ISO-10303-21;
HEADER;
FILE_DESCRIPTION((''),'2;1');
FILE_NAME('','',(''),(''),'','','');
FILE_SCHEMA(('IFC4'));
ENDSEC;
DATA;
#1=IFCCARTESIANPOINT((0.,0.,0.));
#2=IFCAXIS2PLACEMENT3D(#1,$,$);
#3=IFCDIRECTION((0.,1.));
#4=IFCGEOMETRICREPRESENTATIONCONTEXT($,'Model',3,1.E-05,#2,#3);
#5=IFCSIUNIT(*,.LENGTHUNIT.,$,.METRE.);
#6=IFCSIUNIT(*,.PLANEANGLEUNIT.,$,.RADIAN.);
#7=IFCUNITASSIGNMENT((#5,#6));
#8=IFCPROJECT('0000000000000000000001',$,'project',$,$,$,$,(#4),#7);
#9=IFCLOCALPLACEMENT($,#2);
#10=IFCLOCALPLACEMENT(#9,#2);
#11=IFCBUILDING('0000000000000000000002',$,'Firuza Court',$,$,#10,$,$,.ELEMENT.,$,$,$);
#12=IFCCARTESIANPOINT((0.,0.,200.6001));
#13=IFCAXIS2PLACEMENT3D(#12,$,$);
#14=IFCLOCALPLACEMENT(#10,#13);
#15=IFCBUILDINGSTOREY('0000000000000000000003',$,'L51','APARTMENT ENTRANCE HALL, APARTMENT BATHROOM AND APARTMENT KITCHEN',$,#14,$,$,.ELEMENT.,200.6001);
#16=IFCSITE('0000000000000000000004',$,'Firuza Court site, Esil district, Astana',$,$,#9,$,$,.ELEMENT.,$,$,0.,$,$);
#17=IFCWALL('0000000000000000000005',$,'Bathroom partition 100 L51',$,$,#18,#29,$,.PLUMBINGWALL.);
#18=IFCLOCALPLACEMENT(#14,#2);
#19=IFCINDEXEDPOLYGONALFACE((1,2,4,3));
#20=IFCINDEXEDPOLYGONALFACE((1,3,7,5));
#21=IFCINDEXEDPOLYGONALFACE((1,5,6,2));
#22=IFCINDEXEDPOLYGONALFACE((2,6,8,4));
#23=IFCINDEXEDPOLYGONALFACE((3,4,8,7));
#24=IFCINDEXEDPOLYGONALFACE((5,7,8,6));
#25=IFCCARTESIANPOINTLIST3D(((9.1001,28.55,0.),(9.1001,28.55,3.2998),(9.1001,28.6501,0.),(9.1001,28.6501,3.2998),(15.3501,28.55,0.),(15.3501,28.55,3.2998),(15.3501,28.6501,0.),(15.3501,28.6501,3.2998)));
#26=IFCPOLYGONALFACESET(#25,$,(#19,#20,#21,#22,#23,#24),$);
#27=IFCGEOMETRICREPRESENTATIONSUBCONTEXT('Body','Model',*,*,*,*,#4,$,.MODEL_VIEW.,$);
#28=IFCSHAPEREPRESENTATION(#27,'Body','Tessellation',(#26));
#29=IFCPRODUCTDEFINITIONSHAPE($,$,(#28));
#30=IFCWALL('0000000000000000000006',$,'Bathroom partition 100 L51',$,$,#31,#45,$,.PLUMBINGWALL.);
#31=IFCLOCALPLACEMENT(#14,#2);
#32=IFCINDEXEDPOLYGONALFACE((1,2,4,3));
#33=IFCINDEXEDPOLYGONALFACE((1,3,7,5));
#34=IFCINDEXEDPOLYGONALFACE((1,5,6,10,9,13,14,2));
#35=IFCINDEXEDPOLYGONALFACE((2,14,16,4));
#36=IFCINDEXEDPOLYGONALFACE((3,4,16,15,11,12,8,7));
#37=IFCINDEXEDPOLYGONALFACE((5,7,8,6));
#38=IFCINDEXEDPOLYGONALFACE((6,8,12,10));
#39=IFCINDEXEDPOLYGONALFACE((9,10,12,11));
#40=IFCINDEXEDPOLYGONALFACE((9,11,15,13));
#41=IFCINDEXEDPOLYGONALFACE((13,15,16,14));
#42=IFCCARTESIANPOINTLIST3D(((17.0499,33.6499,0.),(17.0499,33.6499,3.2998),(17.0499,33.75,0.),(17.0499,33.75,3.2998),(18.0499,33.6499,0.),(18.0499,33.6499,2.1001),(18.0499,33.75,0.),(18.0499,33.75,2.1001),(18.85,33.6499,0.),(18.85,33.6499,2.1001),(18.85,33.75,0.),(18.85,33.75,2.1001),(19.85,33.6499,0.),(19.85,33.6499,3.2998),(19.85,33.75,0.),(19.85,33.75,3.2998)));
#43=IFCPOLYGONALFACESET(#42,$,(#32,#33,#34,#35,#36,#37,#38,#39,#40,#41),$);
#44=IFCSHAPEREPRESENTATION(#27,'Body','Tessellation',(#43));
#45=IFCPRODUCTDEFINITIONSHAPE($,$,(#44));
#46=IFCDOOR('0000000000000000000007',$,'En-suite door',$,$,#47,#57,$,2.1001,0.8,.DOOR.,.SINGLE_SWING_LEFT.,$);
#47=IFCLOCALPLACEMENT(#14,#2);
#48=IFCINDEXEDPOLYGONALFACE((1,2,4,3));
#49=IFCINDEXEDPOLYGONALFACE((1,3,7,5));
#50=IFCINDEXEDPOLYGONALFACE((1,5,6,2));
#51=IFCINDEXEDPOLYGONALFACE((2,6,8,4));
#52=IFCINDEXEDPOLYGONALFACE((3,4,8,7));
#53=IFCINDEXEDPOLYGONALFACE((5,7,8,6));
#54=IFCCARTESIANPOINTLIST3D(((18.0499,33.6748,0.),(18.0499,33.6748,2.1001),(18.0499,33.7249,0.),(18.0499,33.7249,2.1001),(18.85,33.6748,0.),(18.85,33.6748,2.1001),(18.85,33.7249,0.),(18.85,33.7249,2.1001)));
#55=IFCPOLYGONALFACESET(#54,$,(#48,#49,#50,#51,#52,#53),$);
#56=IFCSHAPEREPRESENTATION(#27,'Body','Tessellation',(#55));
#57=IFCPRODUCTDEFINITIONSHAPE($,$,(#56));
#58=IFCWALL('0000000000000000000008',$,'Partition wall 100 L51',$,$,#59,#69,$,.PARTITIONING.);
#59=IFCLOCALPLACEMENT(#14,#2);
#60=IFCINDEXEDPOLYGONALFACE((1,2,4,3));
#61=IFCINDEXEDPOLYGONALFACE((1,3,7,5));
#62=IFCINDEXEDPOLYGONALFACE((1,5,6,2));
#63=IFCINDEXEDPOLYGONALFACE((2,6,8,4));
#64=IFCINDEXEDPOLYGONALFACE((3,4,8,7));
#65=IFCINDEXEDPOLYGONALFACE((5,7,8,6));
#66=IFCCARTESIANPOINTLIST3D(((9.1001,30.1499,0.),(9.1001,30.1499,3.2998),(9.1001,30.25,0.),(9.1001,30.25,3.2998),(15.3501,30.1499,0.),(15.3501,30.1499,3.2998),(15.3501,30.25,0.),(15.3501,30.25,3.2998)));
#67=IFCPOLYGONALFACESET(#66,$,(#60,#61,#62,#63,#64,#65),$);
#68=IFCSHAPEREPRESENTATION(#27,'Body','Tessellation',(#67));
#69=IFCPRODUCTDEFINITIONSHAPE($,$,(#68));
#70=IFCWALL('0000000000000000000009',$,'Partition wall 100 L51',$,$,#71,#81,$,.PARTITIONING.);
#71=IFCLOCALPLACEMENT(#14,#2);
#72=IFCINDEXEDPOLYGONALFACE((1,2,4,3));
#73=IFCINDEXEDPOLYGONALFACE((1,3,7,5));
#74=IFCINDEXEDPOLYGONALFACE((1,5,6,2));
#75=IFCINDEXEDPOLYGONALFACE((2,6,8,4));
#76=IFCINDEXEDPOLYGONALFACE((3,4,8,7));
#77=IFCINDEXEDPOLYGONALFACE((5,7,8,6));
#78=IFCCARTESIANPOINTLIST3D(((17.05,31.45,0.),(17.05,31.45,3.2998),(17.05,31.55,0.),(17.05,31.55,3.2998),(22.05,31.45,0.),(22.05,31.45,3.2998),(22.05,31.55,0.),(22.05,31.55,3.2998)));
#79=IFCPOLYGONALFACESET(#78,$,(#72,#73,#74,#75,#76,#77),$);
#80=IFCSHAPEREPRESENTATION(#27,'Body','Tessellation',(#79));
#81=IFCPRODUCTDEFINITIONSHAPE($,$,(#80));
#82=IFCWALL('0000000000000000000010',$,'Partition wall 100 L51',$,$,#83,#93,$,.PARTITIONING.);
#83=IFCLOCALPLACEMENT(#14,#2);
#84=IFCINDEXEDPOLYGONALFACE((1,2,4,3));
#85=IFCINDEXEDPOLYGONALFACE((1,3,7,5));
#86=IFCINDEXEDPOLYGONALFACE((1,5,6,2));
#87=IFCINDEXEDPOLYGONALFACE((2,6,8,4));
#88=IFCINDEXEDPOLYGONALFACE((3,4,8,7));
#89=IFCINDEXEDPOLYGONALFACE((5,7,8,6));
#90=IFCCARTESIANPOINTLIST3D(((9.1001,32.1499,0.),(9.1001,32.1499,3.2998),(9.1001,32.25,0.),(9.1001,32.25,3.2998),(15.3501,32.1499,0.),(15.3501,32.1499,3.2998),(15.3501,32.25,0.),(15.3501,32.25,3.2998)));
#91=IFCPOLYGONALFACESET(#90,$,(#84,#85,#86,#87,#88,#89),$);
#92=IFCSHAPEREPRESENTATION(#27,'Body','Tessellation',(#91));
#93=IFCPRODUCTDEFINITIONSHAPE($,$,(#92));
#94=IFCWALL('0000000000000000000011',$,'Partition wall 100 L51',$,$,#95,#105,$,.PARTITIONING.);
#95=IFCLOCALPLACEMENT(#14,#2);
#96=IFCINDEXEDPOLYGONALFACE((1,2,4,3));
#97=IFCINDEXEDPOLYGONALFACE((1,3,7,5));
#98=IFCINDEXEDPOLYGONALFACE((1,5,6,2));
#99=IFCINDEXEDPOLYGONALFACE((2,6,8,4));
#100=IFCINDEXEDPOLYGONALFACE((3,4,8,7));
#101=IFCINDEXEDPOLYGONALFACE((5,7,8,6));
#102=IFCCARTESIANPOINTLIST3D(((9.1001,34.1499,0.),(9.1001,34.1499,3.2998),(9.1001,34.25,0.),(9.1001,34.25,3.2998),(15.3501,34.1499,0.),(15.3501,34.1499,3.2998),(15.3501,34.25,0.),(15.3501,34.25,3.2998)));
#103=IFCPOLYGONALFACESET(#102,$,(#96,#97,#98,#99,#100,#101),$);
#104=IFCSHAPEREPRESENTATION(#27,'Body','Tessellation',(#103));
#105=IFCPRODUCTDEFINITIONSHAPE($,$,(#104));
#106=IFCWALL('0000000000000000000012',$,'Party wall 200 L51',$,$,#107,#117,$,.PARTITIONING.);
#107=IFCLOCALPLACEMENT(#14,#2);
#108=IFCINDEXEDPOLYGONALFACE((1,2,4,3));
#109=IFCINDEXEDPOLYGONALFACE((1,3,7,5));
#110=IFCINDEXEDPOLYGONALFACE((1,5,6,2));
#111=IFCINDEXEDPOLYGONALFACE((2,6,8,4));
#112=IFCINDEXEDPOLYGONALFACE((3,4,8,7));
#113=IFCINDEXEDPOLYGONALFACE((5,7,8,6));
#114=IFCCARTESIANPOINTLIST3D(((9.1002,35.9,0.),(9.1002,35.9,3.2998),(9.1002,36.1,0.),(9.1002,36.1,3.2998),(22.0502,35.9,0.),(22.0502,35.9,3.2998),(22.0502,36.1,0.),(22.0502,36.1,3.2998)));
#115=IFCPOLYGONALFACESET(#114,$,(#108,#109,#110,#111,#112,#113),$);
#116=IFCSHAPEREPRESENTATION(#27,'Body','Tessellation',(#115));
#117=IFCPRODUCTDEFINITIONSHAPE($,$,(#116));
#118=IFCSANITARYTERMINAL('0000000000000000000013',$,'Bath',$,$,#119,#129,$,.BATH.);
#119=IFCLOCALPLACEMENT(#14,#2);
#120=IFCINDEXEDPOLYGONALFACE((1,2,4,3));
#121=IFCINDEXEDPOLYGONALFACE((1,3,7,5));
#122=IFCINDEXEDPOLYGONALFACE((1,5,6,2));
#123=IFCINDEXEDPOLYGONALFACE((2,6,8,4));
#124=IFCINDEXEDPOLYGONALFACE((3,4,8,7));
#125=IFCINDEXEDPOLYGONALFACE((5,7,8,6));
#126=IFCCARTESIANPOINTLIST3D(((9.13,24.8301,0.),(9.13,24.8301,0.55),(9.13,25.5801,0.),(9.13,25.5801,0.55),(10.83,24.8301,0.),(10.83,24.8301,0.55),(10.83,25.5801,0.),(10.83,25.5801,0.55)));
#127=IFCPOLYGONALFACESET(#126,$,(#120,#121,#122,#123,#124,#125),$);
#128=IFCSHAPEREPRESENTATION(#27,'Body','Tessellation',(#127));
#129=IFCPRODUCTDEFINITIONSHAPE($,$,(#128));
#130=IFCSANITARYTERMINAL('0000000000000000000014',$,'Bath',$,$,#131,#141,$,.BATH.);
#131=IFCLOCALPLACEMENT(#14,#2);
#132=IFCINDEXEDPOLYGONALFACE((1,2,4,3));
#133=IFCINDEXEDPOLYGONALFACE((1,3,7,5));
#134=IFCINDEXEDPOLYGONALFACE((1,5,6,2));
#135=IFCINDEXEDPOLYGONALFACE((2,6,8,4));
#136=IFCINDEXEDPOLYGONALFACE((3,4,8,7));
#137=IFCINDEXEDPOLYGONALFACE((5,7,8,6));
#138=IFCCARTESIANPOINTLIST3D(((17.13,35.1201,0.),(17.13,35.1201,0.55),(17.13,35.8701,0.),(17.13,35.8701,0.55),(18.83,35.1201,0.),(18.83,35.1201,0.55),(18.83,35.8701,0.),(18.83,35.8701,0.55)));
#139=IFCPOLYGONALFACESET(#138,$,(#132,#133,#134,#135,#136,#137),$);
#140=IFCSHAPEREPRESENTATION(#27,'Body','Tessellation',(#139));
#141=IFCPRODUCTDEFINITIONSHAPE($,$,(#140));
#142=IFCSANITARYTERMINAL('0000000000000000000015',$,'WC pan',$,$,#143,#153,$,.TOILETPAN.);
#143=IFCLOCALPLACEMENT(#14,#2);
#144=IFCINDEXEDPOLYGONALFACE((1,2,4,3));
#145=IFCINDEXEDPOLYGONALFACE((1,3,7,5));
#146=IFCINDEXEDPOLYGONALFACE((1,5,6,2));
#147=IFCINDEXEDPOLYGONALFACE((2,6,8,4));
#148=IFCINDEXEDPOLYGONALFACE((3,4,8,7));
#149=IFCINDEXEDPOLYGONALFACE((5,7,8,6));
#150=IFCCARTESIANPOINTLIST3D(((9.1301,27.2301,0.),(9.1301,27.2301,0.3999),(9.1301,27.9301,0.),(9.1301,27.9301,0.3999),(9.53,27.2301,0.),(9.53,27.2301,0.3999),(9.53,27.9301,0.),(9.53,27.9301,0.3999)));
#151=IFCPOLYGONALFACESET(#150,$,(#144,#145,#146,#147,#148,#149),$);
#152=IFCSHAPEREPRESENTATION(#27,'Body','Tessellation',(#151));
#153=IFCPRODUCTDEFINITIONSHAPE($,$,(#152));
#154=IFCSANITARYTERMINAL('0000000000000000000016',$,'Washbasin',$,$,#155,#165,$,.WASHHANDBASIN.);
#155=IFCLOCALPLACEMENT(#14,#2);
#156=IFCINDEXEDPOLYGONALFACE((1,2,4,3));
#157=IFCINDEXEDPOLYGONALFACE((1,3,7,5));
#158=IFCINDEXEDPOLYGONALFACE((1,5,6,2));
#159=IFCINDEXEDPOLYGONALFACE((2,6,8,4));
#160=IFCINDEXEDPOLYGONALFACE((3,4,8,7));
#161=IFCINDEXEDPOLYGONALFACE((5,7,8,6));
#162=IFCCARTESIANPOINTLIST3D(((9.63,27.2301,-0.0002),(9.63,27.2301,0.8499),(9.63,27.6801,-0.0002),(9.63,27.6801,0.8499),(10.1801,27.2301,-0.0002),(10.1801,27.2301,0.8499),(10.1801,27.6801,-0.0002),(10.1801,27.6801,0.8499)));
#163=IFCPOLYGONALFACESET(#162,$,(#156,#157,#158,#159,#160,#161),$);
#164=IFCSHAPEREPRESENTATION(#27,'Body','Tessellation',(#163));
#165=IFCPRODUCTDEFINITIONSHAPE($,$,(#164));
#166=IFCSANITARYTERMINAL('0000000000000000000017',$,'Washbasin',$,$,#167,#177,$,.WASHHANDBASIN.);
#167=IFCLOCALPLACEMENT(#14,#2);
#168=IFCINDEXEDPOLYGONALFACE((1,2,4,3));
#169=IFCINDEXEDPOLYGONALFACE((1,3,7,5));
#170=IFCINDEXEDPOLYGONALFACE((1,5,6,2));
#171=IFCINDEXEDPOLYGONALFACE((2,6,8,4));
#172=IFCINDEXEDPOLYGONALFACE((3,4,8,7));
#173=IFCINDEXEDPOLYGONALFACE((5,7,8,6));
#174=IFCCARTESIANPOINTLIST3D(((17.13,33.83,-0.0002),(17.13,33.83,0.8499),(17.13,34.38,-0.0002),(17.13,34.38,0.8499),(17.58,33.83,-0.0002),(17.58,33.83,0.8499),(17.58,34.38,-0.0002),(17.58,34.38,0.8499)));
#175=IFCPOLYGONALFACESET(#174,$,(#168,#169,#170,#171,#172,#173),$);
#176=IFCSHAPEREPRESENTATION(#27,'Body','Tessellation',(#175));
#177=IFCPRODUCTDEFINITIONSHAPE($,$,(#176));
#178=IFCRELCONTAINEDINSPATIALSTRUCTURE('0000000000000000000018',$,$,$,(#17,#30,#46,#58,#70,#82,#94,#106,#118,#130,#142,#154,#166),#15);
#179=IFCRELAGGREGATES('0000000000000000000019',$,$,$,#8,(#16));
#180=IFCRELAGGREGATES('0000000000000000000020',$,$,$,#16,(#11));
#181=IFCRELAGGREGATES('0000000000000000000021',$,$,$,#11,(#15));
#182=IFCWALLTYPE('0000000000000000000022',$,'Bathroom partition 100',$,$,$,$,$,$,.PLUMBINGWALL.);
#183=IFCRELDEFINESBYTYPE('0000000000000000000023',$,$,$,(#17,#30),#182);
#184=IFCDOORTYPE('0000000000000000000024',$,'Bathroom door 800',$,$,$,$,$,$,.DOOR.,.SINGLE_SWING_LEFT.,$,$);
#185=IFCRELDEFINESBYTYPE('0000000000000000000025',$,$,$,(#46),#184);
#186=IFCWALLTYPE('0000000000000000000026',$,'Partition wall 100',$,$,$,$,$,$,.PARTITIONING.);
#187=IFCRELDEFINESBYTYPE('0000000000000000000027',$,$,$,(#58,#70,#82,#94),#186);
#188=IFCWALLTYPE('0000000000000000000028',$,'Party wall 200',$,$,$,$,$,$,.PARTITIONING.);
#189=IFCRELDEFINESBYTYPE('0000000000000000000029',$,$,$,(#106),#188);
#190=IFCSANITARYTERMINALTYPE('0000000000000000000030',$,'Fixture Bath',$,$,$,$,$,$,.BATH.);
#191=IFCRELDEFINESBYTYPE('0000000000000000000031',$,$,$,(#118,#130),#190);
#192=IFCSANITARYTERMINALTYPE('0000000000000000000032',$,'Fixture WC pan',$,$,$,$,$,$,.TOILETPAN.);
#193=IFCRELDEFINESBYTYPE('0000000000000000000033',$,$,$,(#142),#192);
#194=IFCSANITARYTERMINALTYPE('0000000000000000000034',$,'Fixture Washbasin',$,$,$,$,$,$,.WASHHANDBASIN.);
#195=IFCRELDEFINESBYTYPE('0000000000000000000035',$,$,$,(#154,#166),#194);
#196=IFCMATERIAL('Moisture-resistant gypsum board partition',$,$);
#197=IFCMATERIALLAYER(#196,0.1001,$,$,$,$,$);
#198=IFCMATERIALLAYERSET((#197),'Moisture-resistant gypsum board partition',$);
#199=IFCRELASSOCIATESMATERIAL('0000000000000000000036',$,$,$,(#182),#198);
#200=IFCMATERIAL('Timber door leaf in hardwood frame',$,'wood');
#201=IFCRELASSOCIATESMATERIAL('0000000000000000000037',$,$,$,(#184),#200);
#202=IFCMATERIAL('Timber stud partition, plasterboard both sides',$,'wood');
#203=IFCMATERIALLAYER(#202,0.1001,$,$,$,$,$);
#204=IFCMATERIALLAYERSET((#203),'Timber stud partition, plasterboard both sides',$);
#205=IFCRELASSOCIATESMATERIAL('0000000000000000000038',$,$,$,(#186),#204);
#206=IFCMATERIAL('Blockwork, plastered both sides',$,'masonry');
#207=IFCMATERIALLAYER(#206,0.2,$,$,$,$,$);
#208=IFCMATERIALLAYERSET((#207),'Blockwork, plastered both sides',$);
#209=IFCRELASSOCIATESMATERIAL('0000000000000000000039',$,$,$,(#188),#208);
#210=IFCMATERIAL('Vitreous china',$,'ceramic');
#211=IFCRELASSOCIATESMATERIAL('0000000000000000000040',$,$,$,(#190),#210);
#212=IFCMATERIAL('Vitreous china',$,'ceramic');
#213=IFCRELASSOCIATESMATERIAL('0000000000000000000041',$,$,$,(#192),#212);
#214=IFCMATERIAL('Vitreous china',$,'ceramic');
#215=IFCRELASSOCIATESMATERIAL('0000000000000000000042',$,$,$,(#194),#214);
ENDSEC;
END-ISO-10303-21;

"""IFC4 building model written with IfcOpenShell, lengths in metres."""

from ifc_helpers import new_model, si_unit, direction, frame, frame_2d, origin, origin_2d, place, context, subcontext, project, spatial, rectangle, extrude, material, layer, layer_set, type_object, element, fill, save


model = new_model("IFC4")

# Units and contexts
model_context = context("Model", 3, precision=1e-05, world=origin(), true_north=direction((0.0, 1.0)))
body_context = subcontext(model_context, "Body", "Model", "MODEL_VIEW")
ifc_project = project(units=[si_unit("LENGTHUNIT", "METRE"), si_unit("PLANEANGLEUNIT", "RADIAN")], contexts=[model_context])

# Site, building, storey
site_placement = place(None, origin())
site = spatial("IfcSite", under=ifc_project, at=site_placement, Name="Firuza Court site, Esil district, Astana", CompositionType="ELEMENT", RefElevation=0.0)
building_placement = place(site_placement, origin())
building = spatial("IfcBuilding", under=site, at=building_placement, Name="Firuza Court", CompositionType="ELEMENT")
storey_placement = place(building_placement, frame((0.0, 0.0, 200.6001)))
storey = spatial("IfcBuildingStorey", under=building, at=storey_placement, Name="L51", Description="APARTMENT ENTRANCE HALL, APARTMENT BATHROOM AND APARTMENT KITCHEN", CompositionType="ELEMENT", Elevation=200.6001)

# Wall
ifc_material_1 = material(Name="Moisture-resistant gypsum board partition")
ifc_layer_1 = layer(ifc_material_1, 0.1001)
ifc_layer_set_1 = layer_set([ifc_layer_1], Name="Moisture-resistant gypsum board partition")
wall_type_1 = type_object("IfcWallType", Name="Bathroom partition 100", PredefinedType="PLUMBINGWALL", material=ifc_layer_set_1)
wall_1_placement = place(storey_placement, frame((9.1001, 28.6001, 0.0), z_axis=(0.0, 0.0, 1.0), x_axis=(1.0, 0.0, 0.0)))
element("IfcWall", 1, at=wall_1_placement, inside=storey, type_object=wall_type_1, Name="Bathroom partition 100 L51", PredefinedType="PLUMBINGWALL", context=body_context, shape_type="SweptSolid", body=[
    extrude(rectangle(XDim=6.25, YDim=0.1001, at=frame_2d((3.125, 0.0))), origin(), (0.0, 0.0, 1.0), 3.2998),
])

# Wall, opening, door
wall_2_placement = place(storey_placement, frame((17.05, 33.7, 0.0), z_axis=(0.0, 0.0, 1.0), x_axis=(1.0, 0.0, 0.0)))
wall_2 = element("IfcWall", 2, at=wall_2_placement, inside=storey, type_object=wall_type_1, Name="Bathroom partition 100 L51", PredefinedType="PLUMBINGWALL", context=body_context, shape_type="SweptSolid", body=[
    extrude(rectangle(XDim=2.8, YDim=0.1001, at=frame_2d((1.3999, 0.0))), origin(), (0.0, 0.0, 1.0), 3.2998),
])
opening_placement = place(wall_2_placement, frame((1.0, 0.0, 0.0)))
opening = element("IfcOpeningElement", 3, at=opening_placement, cuts=wall_2, PredefinedType="OPENING", context=body_context, shape_type="SweptSolid", body=[
    extrude(rectangle(XDim=0.8, YDim=2.1001, at=frame_2d((0.3999, 1.05))), frame((0.0, 0.062, 0.0), z_axis=(0.0, -1.0, 0.0), x_axis=(1.0, 0.0, 0.0)), (0.0, 0.0, 1.0), 0.124),
])
ifc_material_2 = material(Name="Timber door leaf in hardwood frame", Category="wood")
door_type = type_object("IfcDoorType", Name="Bathroom door 800", OperationType="SINGLE_SWING_LEFT", PredefinedType="DOOR", material=ifc_material_2)
door_placement = place(opening_placement, origin())
door = element("IfcDoor", 4, at=door_placement, inside=storey, type_object=door_type, Name="En-suite door", OperationType="SINGLE_SWING_LEFT", OverallHeight=2.1001, OverallWidth=0.8, PredefinedType="DOOR", context=body_context, shape_type="SweptSolid", body=[
    extrude(rectangle(XDim=0.8, YDim=2.1001, at=frame_2d((0.3999, 1.05))), frame((0.0, 0.0249, 0.0), z_axis=(0.0, -1.0, 0.0), x_axis=(1.0, 0.0, 0.0)), (0.0, 0.0, 1.0), 0.05),
])
fill(opening, door)

# Walls
ifc_material_3 = material(Name="Timber stud partition, plasterboard both sides", Category="wood")
ifc_layer_2 = layer(ifc_material_3, 0.1001)
ifc_layer_set_2 = layer_set([ifc_layer_2], Name="Timber stud partition, plasterboard both sides")
wall_type_2 = type_object("IfcWallType", Name="Partition wall 100", PredefinedType="PARTITIONING", material=ifc_layer_set_2)
wall_3_placement = place(storey_placement, frame((9.1001, 30.2, 0.0), z_axis=(0.0, 0.0, 1.0), x_axis=(1.0, 0.0, 0.0)))
element("IfcWall", 5, at=wall_3_placement, inside=storey, type_object=wall_type_2, Name="Partition wall 100 L51", PredefinedType="PARTITIONING", context=body_context, shape_type="SweptSolid", body=[
    extrude(rectangle(XDim=6.25, YDim=0.1001, at=frame_2d((3.125, 0.0))), origin(), (0.0, 0.0, 1.0), 3.2998),
])
wall_4_placement = place(storey_placement, frame((17.05, 31.5, 0.0), z_axis=(0.0, 0.0, 1.0), x_axis=(1.0, 0.0, 0.0)))
element("IfcWall", 6, at=wall_4_placement, inside=storey, type_object=wall_type_2, Name="Partition wall 100 L51", PredefinedType="PARTITIONING", context=body_context, shape_type="SweptSolid", body=[
    extrude(rectangle(XDim=5.0, YDim=0.1001, at=frame_2d((2.5, 0.0))), origin(), (0.0, 0.0, 1.0), 3.2998),
])
for number, where, z_axis, x_axis, name in (
    (7, (9.1001, 32.2, 0.0), (0.0, 0.0, 1.0), (1.0, 0.0, 0.0), "Partition wall 100 L51"),
    (8, (9.1001, 34.2, 0.0), (0.0, 0.0, 1.0), (1.0, 0.0, 0.0), "Partition wall 100 L51"),
):
    element("IfcWall", number, at=place(storey_placement, frame(where, z_axis=z_axis, x_axis=x_axis)), inside=storey, type_object=wall_type_2, Name=name, PredefinedType="PARTITIONING", context=body_context, shape_type="SweptSolid", body=[
        extrude(rectangle(XDim=6.25, YDim=0.1001, at=frame_2d((3.125, 0.0))), origin(), (0.0, 0.0, 1.0), 3.2998),
    ])
ifc_material_4 = material(Name="Blockwork, plastered both sides", Category="masonry")
ifc_layer_3 = layer(ifc_material_4, 0.2)
ifc_layer_set_3 = layer_set([ifc_layer_3], Name="Blockwork, plastered both sides")
wall_type_3 = type_object("IfcWallType", Name="Party wall 200", PredefinedType="PARTITIONING", material=ifc_layer_set_3)
wall_5_placement = place(storey_placement, frame((9.1001, 36.0, 0.0), z_axis=(0.0, 0.0, 1.0), x_axis=(1.0, 0.0, 0.0)))
element("IfcWall", 9, at=wall_5_placement, inside=storey, type_object=wall_type_3, Name="Party wall 200 L51", PredefinedType="PARTITIONING", context=body_context, shape_type="SweptSolid", body=[
    extrude(rectangle(XDim=12.95, YDim=0.2, at=frame_2d((6.4751, 0.0))), origin(), (0.0, 0.0, 1.0), 3.2998),
])

# Sanitary terminals
ifc_material_5 = material(Name="Vitreous china", Category="ceramic")
sanitary_terminal_type_1 = type_object("IfcSanitaryTerminalType", Name="Fixture Bath", PredefinedType="BATH", material=ifc_material_5)
for number, where, z_axis, x_axis, name in (
    (10, (9.98, 25.2051, 0.0), (0.0, 0.0, 1.0), (1.0, 0.0, 0.0), "Bath"),
    (11, (17.98, 35.4951, 0.0), (0.0, 0.0, 1.0), (1.0, 0.0, 0.0), "Bath"),
):
    element("IfcSanitaryTerminal", number, at=place(storey_placement, frame(where, z_axis=z_axis, x_axis=x_axis)), inside=storey, type_object=sanitary_terminal_type_1, Name=name, PredefinedType="BATH", context=body_context, shape_type="SweptSolid", body=[
        extrude(rectangle(XDim=1.7, YDim=0.75, at=origin_2d()), origin(), (0.0, 0.0, 1.0), 0.55),
    ])
ifc_material_6 = material(Name="Vitreous china", Category="ceramic")
sanitary_terminal_type_2 = type_object("IfcSanitaryTerminalType", Name="Fixture WC pan", PredefinedType="TOILETPAN", material=ifc_material_6)
sanitary_terminal_1_placement = place(storey_placement, frame((9.3301, 27.5801, 0.0), z_axis=(0.0, 0.0, 1.0), x_axis=(1.0, 0.0, 0.0)))
element("IfcSanitaryTerminal", 12, at=sanitary_terminal_1_placement, inside=storey, type_object=sanitary_terminal_type_2, Name="WC pan", PredefinedType="TOILETPAN", context=body_context, shape_type="SweptSolid", body=[
    extrude(rectangle(XDim=0.3999, YDim=0.7, at=origin_2d()), origin(), (0.0, 0.0, 1.0), 0.3999),
])
ifc_material_7 = material(Name="Vitreous china", Category="ceramic")
sanitary_terminal_type_3 = type_object("IfcSanitaryTerminalType", Name="Fixture Washbasin", PredefinedType="WASHHANDBASIN", material=ifc_material_7)
sanitary_terminal_2_placement = place(storey_placement, frame((9.905, 27.4551, -0.0002), z_axis=(0.0, 0.0, 1.0), x_axis=(1.0, 0.0, 0.0)))
element("IfcSanitaryTerminal", 13, at=sanitary_terminal_2_placement, inside=storey, type_object=sanitary_terminal_type_3, Name="Washbasin", PredefinedType="WASHHANDBASIN", context=body_context, shape_type="SweptSolid", body=[
    extrude(rectangle(XDim=0.55, YDim=0.45, at=origin_2d()), origin(), (0.0, 0.0, 1.0), 0.8501),
])
sanitary_terminal_3_placement = place(storey_placement, frame((17.355, 34.105, -0.0002), z_axis=(0.0, 0.0, 1.0), x_axis=(1.0, 0.0, 0.0)))
element("IfcSanitaryTerminal", 14, at=sanitary_terminal_3_placement, inside=storey, type_object=sanitary_terminal_type_3, Name="Washbasin", PredefinedType="WASHHANDBASIN", context=body_context, shape_type="SweptSolid", body=[
    extrude(rectangle(XDim=0.45, YDim=0.55, at=origin_2d()), origin(), (0.0, 0.0, 1.0), 0.8501),
])

save(model, "model.ifc")
